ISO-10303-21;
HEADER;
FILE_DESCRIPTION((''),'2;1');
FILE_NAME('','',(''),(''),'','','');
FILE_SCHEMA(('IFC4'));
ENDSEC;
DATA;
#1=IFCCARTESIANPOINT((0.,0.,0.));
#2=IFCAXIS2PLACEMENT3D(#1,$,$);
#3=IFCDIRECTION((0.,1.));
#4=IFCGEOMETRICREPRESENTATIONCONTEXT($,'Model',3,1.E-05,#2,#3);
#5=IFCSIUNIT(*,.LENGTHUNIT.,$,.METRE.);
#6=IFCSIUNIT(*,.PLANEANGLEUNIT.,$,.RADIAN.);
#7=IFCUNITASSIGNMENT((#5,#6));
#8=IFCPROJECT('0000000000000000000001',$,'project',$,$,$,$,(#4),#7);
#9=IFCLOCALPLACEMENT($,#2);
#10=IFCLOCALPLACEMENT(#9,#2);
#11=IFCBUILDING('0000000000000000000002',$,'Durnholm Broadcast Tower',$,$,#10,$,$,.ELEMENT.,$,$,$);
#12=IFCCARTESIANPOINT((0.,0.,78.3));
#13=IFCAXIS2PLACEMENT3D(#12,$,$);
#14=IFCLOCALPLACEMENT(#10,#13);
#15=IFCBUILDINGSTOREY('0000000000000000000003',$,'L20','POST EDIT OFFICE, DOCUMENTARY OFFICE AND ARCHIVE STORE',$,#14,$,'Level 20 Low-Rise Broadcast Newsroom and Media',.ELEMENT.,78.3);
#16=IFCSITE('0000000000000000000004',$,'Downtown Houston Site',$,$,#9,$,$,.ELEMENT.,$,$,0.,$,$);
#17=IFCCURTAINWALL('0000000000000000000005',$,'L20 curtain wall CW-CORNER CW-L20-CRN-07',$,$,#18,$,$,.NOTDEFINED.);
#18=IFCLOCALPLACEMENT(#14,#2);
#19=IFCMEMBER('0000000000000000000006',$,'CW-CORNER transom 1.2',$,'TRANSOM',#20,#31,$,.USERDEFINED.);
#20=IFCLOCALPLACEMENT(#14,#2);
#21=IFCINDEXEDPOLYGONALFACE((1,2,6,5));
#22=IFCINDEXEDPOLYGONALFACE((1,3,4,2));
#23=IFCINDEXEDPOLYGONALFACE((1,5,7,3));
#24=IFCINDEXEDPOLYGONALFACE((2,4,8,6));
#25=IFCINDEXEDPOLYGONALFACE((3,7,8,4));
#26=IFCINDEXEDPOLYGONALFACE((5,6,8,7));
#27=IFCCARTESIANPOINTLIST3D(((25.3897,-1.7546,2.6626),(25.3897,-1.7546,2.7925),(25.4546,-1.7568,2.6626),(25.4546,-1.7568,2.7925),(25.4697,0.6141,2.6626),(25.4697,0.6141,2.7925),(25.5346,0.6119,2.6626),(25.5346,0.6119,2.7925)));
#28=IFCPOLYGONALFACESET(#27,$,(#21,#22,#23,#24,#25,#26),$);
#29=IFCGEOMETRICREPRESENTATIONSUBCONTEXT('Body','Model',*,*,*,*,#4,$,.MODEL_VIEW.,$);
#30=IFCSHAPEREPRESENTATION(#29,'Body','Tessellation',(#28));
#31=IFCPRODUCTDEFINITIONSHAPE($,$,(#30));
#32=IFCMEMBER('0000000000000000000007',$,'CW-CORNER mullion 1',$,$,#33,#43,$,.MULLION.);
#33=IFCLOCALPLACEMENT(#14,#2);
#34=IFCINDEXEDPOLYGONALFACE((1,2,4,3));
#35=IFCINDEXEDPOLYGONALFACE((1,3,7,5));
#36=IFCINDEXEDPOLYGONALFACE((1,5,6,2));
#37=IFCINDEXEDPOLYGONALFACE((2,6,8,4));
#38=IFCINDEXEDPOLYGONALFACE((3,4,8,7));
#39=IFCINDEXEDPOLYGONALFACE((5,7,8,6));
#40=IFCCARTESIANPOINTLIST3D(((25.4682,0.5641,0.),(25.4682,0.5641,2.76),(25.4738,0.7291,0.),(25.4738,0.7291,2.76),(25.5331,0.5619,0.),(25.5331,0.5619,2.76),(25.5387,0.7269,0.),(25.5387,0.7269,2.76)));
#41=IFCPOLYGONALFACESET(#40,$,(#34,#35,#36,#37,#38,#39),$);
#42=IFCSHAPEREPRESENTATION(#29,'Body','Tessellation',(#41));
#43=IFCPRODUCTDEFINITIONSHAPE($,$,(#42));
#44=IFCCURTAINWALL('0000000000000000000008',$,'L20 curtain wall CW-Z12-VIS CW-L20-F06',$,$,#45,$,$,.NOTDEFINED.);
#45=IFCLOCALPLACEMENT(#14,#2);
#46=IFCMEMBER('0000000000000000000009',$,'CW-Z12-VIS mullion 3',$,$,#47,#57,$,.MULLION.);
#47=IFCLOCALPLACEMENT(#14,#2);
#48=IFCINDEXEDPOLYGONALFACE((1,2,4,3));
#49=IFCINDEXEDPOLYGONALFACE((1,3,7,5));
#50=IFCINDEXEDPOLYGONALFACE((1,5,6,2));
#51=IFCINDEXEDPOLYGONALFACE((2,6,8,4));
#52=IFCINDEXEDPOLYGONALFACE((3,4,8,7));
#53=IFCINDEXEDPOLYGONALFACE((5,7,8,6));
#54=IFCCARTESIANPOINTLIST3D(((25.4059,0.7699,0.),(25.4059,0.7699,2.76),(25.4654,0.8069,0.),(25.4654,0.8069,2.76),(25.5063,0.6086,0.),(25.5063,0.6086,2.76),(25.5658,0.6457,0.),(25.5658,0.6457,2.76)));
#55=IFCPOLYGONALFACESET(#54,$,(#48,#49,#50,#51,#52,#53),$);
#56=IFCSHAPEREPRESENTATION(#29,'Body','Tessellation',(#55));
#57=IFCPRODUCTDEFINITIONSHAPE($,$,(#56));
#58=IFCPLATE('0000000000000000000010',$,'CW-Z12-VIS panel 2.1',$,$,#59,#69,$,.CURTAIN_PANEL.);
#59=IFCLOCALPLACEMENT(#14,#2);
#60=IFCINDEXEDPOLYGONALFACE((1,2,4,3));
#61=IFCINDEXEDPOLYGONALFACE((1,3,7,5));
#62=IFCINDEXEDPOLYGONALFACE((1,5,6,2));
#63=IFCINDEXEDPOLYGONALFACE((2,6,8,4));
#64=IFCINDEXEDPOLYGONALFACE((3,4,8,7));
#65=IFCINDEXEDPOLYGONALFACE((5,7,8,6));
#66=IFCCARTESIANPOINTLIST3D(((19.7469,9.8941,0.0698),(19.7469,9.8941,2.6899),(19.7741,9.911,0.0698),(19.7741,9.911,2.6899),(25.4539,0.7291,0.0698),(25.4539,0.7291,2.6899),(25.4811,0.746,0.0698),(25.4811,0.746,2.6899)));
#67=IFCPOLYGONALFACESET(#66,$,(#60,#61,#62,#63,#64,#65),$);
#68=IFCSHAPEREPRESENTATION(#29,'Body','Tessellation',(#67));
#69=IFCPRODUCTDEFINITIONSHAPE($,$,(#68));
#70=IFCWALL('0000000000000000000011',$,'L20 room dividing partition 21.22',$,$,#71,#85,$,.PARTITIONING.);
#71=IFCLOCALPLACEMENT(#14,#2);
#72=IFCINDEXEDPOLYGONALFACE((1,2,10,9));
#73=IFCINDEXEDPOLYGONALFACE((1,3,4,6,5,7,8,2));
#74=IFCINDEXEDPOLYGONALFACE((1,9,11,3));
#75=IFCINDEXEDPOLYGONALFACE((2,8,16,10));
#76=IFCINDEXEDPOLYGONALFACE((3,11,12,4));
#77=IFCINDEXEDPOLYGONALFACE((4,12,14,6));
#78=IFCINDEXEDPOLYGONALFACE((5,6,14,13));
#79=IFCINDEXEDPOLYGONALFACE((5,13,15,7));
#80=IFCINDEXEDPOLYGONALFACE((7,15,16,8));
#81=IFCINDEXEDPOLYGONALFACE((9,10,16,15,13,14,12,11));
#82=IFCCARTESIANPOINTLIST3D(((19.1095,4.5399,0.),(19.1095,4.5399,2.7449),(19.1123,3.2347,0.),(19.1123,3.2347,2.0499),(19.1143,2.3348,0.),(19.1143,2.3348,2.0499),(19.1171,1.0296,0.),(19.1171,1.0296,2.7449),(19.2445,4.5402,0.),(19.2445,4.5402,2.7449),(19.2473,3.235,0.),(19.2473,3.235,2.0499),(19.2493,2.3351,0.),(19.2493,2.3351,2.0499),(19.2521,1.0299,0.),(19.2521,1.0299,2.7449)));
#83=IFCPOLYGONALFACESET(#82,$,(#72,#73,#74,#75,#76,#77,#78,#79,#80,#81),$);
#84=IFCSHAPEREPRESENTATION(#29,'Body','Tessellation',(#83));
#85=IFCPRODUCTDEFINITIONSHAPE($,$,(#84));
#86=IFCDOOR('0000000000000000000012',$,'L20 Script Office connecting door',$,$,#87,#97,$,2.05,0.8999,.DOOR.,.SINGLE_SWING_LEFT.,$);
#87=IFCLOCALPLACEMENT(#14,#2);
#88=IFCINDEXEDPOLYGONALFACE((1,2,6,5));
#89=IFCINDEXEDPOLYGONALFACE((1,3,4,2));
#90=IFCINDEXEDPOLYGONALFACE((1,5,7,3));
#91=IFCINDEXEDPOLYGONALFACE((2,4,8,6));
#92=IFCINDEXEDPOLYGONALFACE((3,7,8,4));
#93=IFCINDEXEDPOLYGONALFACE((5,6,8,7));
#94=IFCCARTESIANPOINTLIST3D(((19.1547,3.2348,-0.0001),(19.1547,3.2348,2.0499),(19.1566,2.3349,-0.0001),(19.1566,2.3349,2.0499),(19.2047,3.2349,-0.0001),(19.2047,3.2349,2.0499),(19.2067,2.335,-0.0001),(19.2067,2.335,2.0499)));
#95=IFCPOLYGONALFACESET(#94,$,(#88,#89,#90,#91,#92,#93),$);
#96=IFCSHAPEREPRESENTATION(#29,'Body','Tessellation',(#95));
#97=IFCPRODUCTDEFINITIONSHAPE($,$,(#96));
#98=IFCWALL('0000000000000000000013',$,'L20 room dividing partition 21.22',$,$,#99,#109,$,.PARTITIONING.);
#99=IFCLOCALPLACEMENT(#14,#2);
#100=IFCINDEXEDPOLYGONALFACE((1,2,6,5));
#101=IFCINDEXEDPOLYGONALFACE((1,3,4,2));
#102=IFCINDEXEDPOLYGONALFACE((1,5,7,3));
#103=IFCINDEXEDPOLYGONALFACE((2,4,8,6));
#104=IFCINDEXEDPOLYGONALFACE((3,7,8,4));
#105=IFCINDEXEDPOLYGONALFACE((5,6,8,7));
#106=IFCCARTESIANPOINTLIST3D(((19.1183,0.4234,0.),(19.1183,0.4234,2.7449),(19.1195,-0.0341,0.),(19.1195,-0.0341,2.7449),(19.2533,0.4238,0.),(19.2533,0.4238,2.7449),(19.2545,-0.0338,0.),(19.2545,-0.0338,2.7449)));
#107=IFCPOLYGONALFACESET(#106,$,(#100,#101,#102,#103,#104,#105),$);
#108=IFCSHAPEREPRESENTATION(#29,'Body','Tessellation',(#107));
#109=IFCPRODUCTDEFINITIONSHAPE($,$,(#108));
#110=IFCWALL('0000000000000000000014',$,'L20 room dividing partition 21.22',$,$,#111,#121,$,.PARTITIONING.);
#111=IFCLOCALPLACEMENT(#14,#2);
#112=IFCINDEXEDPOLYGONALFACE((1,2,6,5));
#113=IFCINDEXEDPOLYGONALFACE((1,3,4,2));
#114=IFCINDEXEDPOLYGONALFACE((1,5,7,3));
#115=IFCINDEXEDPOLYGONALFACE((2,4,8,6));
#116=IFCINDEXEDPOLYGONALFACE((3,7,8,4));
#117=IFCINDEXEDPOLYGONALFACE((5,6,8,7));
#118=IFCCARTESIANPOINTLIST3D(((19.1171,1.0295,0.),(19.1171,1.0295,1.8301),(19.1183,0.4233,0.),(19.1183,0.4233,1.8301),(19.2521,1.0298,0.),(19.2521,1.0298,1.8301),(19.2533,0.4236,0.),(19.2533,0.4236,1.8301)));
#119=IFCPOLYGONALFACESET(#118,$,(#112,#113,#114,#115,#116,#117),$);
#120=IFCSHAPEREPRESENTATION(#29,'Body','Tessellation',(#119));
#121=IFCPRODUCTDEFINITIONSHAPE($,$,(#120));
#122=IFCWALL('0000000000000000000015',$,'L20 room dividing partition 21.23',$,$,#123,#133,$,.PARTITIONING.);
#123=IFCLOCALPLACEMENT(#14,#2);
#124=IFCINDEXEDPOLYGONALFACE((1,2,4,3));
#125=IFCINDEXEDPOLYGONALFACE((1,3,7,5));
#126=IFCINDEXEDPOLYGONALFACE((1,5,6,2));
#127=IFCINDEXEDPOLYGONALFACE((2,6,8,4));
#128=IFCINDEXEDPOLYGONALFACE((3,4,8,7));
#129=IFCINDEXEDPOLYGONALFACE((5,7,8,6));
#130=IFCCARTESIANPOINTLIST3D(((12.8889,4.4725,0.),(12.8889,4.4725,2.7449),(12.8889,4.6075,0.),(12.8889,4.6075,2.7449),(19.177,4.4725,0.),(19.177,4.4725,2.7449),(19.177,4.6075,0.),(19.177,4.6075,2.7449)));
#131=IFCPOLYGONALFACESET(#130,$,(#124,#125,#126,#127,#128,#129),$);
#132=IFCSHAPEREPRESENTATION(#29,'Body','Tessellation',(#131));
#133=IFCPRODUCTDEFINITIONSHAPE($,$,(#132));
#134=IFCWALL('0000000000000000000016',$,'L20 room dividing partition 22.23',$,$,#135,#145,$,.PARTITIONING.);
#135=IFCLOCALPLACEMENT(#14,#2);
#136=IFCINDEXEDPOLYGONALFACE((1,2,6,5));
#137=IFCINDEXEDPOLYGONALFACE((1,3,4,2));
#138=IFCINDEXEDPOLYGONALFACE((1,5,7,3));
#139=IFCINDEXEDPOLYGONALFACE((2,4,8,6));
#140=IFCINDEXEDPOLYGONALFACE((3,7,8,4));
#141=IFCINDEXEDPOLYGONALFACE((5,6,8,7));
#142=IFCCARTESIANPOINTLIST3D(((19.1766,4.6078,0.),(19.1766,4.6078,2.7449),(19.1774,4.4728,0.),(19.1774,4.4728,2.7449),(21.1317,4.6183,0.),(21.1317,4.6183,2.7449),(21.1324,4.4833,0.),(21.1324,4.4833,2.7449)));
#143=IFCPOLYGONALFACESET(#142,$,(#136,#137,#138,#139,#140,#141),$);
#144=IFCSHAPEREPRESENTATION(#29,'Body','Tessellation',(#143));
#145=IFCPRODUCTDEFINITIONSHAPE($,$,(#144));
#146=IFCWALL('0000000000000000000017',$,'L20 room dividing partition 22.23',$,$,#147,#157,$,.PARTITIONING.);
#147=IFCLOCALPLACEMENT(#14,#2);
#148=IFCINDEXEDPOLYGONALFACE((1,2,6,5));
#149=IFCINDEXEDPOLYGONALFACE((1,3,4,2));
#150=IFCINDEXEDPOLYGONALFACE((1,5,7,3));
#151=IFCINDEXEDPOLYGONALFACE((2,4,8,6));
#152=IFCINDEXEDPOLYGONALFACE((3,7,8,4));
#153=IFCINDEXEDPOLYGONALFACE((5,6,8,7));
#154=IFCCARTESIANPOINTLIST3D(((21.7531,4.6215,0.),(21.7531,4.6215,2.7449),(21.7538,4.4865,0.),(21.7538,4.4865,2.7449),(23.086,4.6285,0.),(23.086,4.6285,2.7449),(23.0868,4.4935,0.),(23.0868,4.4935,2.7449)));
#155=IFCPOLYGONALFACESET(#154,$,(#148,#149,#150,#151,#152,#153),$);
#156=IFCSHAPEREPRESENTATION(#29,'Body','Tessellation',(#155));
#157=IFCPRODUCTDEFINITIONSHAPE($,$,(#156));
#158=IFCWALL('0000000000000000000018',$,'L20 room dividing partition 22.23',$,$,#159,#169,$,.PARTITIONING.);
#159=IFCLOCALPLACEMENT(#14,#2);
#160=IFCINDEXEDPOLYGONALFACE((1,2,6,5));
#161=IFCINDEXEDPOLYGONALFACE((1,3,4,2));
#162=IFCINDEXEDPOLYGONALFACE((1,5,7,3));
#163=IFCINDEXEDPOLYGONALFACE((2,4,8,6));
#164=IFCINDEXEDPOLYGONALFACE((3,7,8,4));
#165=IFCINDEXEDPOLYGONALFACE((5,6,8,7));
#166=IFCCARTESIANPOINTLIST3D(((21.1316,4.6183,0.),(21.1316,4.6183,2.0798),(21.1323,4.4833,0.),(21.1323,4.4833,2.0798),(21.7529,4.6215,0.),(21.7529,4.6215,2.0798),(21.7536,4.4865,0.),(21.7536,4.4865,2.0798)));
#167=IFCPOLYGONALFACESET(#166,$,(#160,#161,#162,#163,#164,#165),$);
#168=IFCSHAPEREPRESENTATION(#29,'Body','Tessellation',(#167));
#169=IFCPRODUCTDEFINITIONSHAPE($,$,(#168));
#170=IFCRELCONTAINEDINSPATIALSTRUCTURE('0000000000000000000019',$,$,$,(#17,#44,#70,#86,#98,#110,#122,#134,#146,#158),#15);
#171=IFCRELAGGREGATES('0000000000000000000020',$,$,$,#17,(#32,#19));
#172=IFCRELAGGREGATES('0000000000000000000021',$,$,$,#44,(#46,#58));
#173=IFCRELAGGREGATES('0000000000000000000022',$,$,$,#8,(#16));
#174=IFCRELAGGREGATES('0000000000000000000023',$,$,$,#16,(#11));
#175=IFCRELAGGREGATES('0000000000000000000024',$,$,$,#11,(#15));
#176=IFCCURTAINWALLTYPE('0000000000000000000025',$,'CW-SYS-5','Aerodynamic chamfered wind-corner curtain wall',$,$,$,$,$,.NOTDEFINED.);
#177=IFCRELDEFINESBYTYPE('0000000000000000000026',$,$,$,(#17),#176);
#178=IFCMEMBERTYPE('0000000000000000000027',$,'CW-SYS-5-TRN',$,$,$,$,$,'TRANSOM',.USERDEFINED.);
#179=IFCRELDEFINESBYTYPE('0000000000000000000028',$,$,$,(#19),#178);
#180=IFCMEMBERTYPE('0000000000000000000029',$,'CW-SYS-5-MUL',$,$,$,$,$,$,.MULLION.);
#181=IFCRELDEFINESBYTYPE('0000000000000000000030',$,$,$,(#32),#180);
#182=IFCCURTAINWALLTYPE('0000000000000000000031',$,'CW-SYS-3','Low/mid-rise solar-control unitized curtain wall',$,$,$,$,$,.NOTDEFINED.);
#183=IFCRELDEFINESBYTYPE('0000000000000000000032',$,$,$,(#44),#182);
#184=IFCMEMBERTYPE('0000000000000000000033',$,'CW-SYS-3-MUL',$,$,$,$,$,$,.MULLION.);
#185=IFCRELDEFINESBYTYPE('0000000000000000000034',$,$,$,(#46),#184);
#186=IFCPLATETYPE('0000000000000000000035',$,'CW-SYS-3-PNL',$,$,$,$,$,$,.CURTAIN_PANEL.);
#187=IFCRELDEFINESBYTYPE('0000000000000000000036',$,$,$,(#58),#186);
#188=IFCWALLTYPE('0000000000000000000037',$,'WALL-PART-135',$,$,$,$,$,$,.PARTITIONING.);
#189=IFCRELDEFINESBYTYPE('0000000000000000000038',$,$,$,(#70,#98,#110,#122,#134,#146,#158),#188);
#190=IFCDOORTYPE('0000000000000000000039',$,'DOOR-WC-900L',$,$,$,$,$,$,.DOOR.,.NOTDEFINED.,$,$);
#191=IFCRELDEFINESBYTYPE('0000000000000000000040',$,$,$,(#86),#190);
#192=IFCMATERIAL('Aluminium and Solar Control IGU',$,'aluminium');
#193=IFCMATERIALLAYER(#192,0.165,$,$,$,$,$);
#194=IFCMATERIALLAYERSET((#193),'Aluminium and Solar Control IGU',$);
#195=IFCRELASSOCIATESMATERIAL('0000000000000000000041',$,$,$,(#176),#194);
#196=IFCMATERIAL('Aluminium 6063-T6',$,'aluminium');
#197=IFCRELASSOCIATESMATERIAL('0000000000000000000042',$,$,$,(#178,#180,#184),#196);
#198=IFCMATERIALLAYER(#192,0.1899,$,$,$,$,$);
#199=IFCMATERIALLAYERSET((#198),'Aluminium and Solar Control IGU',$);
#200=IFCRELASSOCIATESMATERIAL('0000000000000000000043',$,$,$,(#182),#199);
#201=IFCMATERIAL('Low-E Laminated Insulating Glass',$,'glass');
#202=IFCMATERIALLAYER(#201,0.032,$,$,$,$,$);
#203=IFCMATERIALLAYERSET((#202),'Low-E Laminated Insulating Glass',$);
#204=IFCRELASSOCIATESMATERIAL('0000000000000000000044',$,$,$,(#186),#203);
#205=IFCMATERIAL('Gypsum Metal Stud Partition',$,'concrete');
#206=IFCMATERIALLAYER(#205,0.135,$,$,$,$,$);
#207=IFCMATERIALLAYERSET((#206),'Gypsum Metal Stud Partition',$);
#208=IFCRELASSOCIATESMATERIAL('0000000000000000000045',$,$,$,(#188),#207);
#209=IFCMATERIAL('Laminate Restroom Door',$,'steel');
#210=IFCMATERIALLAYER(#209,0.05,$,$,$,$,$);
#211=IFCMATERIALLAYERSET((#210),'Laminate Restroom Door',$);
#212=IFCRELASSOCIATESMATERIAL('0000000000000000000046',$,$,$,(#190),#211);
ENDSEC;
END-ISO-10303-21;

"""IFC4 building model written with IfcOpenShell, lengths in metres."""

from ifc_helpers import new_model, si_unit, direction, frame, frame_2d, origin, origin_2d, place, context, subcontext, project, spatial, rectangle, extrude, source, transform, mapped, material, layer, layer_set, material_profile, profile_set, type_object, type_shapes, element, fill, aggregate, save


model = new_model("IFC4")

# Units and contexts
model_context = context("Model", 3, precision=1e-05, world=origin(), true_north=direction((0.0, 1.0)))
body_context = subcontext(model_context, "Body", "Model", "MODEL_VIEW")
ifc_project = project(units=[si_unit("LENGTHUNIT", "METRE"), si_unit("PLANEANGLEUNIT", "RADIAN")], contexts=[model_context])

# Site, building, storey
site_placement = place(None, origin())
site = spatial("IfcSite", under=ifc_project, at=site_placement, Name="Downtown Houston Site", CompositionType="ELEMENT", RefElevation=0.0)
building_placement = place(site_placement, origin())
building = spatial("IfcBuilding", under=site, at=building_placement, Name="Durnholm Broadcast Tower", CompositionType="ELEMENT")
storey_placement = place(building_placement, frame((0.0, 0.0, 78.3)))
storey = spatial("IfcBuildingStorey", under=building, at=storey_placement, Name="L20", Description="POST EDIT OFFICE, DOCUMENTARY OFFICE AND ARCHIVE STORE", LongName="Level 20 Low-Rise Broadcast Newsroom and Media", CompositionType="ELEMENT", Elevation=78.3)

# Curtain wall, members
ifc_material_1 = material(Name="Aluminium and Solar Control IGU", Category="aluminium")
ifc_layer_1 = layer(ifc_material_1, 0.165)
ifc_layer_set_1 = layer_set([ifc_layer_1], Name="Aluminium and Solar Control IGU")
curtain_wall_type_1 = type_object("IfcCurtainWallType", Name="CW-SYS-5", Description="Aerodynamic chamfered wind-corner curtain wall", PredefinedType="NOTDEFINED", material=ifc_layer_set_1)
curtain_wall_1_placement = place(storey_placement, origin())
curtain_wall_1 = element("IfcCurtainWall", 1, at=curtain_wall_1_placement, inside=storey, type_object=curtain_wall_type_1, Name="L20 curtain wall CW-CORNER CW-L20-CRN-07", PredefinedType="NOTDEFINED")
ifc_material_2 = material(Name="Aluminium 6063-T6", Category="aluminium")
ifc_material_profile_1 = material_profile(ifc_material_2, rectangle(XDim=0.0649, YDim=0.1299, at=origin_2d()), Name="CWT65X130")
ifc_profile_set_1 = profile_set([ifc_material_profile_1], Name="Aluminium 6063-T6")
member_type_1 = type_object("IfcMemberType", Name="CW-SYS-5-TRN", ElementType="TRANSOM", PredefinedType="USERDEFINED", material=ifc_profile_set_1)
shared_shape_1 = source(origin(), body_context, "Body", "SweptSolid", [
    extrude(rectangle(XDim=0.0649, YDim=0.1299, at=origin_2d()), origin(), (0.0, 0.0, 1.0), 2.3701),
])
type_shapes(member_type_1, [shared_shape_1])
member_1_placement = place(storey_placement, frame((25.5022, 0.613, 2.7275), z_axis=(-0.033788, -0.999429, 0.0), x_axis=(0.999429, -0.033788, 0.0)))
member_1 = element("IfcMember", 2, at=member_1_placement, type_object=member_type_1, Name="CW-CORNER transom 1.2", ObjectType="TRANSOM", PredefinedType="USERDEFINED", context=body_context, shape_type="MappedRepresentation", body=[
    mapped(shared_shape_1, transform((0.0, 0.0, 0.0), x_axis=(1.0, 0.0, 0.0), y_axis=(0.0, 1.0, 0.0), z_axis=(0.0, 0.0, 1.0), scale=1.0)),
])
ifc_material_profile_2 = material_profile(ifc_material_2, rectangle(XDim=0.0649, YDim=0.165, at=origin_2d()), Name="CWM65X165")
ifc_profile_set_2 = profile_set([ifc_material_profile_2], Name="Aluminium 6063-T6")
member_type_2 = type_object("IfcMemberType", Name="CW-SYS-5-MUL", PredefinedType="MULLION", material=ifc_profile_set_2)
shared_shape_2 = source(origin(), body_context, "Body", "SweptSolid", [
    extrude(rectangle(XDim=0.0649, YDim=0.165, at=origin_2d()), origin(), (0.0, 0.0, 1.0), 2.76),
])
type_shapes(member_type_2, [shared_shape_2])
member_2_placement = place(storey_placement, frame((25.5034, 0.6455, 0.0), z_axis=(0.0, 0.0, 1.0), x_axis=(0.999427, -0.03384, 0.0)))
member_2 = element("IfcMember", 3, at=member_2_placement, type_object=member_type_2, Name="CW-CORNER mullion 1", PredefinedType="MULLION", context=body_context, shape_type="MappedRepresentation", body=[
    mapped(shared_shape_2, transform((0.0, 0.0, 0.0), x_axis=(1.0, 0.0, 0.0), y_axis=(0.0, 1.0, 0.0), z_axis=(0.0, 0.0, 1.0), scale=1.0)),
])
aggregate(curtain_wall_1, [member_2, member_1])

# Curtain wall, member, plate
ifc_layer_2 = layer(ifc_material_1, 0.1899)
ifc_layer_set_2 = layer_set([ifc_layer_2], Name="Aluminium and Solar Control IGU")
curtain_wall_type_2 = type_object("IfcCurtainWallType", Name="CW-SYS-3", Description="Low/mid-rise solar-control unitized curtain wall", PredefinedType="NOTDEFINED", material=ifc_layer_set_2)
curtain_wall_2_placement = place(storey_placement, origin())
curtain_wall_2 = element("IfcCurtainWall", 4, at=curtain_wall_2_placement, inside=storey, type_object=curtain_wall_type_2, Name="L20 curtain wall CW-Z12-VIS CW-L20-F06", PredefinedType="NOTDEFINED")
ifc_material_profile_3 = material_profile(ifc_material_2, rectangle(XDim=0.0701, YDim=0.1899, at=origin_2d()), Name="CWM70X190")
ifc_profile_set_3 = profile_set([ifc_material_profile_3], Name="Aluminium 6063-T6")
member_type_3 = type_object("IfcMemberType", Name="CW-SYS-3-MUL", PredefinedType="MULLION", material=ifc_profile_set_3)
shared_shape_3 = source(origin(), body_context, "Body", "SweptSolid", [
    extrude(rectangle(XDim=0.0701, YDim=0.1899, at=origin_2d()), origin(), (0.0, 0.0, 1.0), 2.76),
])
type_shapes(member_type_3, [shared_shape_3])
member_3_placement = place(storey_placement, frame((25.4858, 0.7078, 0.0), z_axis=(0.0, 0.0, 1.0), x_axis=(0.848876, 0.528592, 0.0)))
member_3 = element("IfcMember", 5, at=member_3_placement, type_object=member_type_3, Name="CW-Z12-VIS mullion 3", PredefinedType="MULLION", context=body_context, shape_type="MappedRepresentation", body=[
    mapped(shared_shape_3, transform((0.0, 0.0, 0.0), x_axis=(1.0, 0.0, 0.0), y_axis=(0.0, 1.0, 0.0), z_axis=(0.0, 0.0, 1.0), scale=1.0)),
])
ifc_material_3 = material(Name="Low-E Laminated Insulating Glass", Category="glass")
ifc_layer_3 = layer(ifc_material_3, 0.032)
ifc_layer_set_3 = layer_set([ifc_layer_3], Name="Low-E Laminated Insulating Glass")
plate_type = type_object("IfcPlateType", Name="CW-SYS-3-PNL", PredefinedType="CURTAIN_PANEL", material=ifc_layer_set_3)
shared_shape_4 = source(origin(), body_context, "Body", "SweptSolid", [
    extrude(rectangle(XDim=10.7966, YDim=0.032, at=origin_2d()), origin(), (0.0, 0.0, 1.0), 2.6201),
])
type_shapes(plate_type, [shared_shape_4])
plate_placement = place(storey_placement, frame((22.614, 5.3201, 0.0698), z_axis=(0.0, 0.0, 1.0), x_axis=(0.528592, -0.848876, 0.0)))
plate = element("IfcPlate", 6, at=plate_placement, type_object=plate_type, Name="CW-Z12-VIS panel 2.1", PredefinedType="CURTAIN_PANEL", context=body_context, shape_type="MappedRepresentation", body=[
    mapped(shared_shape_4, transform((0.0, 0.0, 0.0), x_axis=(1.0, 0.0, 0.0), y_axis=(0.0, 1.0, 0.0), z_axis=(0.0, 0.0, 1.0), scale=1.0)),
])
aggregate(curtain_wall_2, [member_3, plate])

# Wall, opening, door
ifc_material_4 = material(Name="Gypsum Metal Stud Partition", Category="concrete")
ifc_layer_4 = layer(ifc_material_4, 0.135)
ifc_layer_set_4 = layer_set([ifc_layer_4], Name="Gypsum Metal Stud Partition")
wall_type_1 = type_object("IfcWallType", Name="WALL-PART-135", PredefinedType="PARTITIONING", material=ifc_layer_set_4)
wall_1_placement = place(storey_placement, frame((19.177, 4.54, 0.0), z_axis=(0.0, 0.0, 1.0), x_axis=(0.002156, -0.999998, 0.0)))
wall_1 = element("IfcWall", 7, at=wall_1_placement, inside=storey, type_object=wall_type_1, Name="L20 room dividing partition 21.22", PredefinedType="PARTITIONING", context=body_context, shape_type="SweptSolid", body=[
    extrude(rectangle(XDim=3.5103, YDim=0.135, at=frame_2d((1.7551, 0.0))), origin(), (0.0, 0.0, 1.0), 2.7449),
])
opening_1_placement = place(wall_1_placement, frame((1.3052, 0.0, 0.0)))
opening_1 = element("IfcOpeningElement", 8, at=opening_1_placement, cuts=wall_1, PredefinedType="OPENING", context=body_context, shape_type="SweptSolid", body=[
    extrude(rectangle(XDim=0.8999, YDim=2.05, at=frame_2d((0.45, 1.0249))), frame((0.0, 0.0776, 0.0), z_axis=(0.0, -1.0, 0.0), x_axis=(1.0, 0.0, 0.0)), (0.0, 0.0, 1.0), 0.155),
])
ifc_material_5 = material(Name="Laminate Restroom Door", Category="steel")
ifc_layer_5 = layer(ifc_material_5, 0.05)
ifc_layer_set_5 = layer_set([ifc_layer_5], Name="Laminate Restroom Door")
door_type_1 = type_object("IfcDoorType", Name="DOOR-WC-900L", OperationType="NOTDEFINED", PredefinedType="DOOR", material=ifc_layer_set_5)
shared_shape_5 = source(origin(), body_context, "Body", "SweptSolid", [
    extrude(rectangle(XDim=0.8999, YDim=2.05, at=frame_2d((0.45, 1.0249))), frame((0.0, 0.0249, 0.0), z_axis=(0.0, -1.0, 0.0), x_axis=(1.0, 0.0, 0.0)), (0.0, 0.0, 1.0), 0.05),
])
type_shapes(door_type_1, [shared_shape_5])
door_1_placement = place(opening_1_placement, origin())
door_1 = element("IfcDoor", 9, at=door_1_placement, inside=storey, type_object=door_type_1, Name="L20 Script Office connecting door", OperationType="SINGLE_SWING_LEFT", OverallHeight=2.05, OverallWidth=0.8999, PredefinedType="DOOR", context=body_context, shape_type="MappedRepresentation", body=[
    mapped(shared_shape_5, transform((0.0, 0.0, 0.0), x_axis=(1.0, 0.0, 0.0), y_axis=(0.0, 1.0, 0.0), z_axis=(0.0, 0.0, 1.0), scale=1.0)),
])
fill(opening_1, door_1)

# Walls
wall_2_placement = place(storey_placement, frame((19.1858, 0.4236, 0.0), z_axis=(0.0, 0.0, 1.0), x_axis=(0.002668, -0.999996, 0.0)))
element("IfcWall", 10, at=wall_2_placement, inside=storey, type_object=wall_type_1, Name="L20 room dividing partition 21.22", PredefinedType="PARTITIONING", context=body_context, shape_type="SweptSolid", body=[
    extrude(rectangle(XDim=0.4575, YDim=0.135, at=frame_2d((0.2288, 0.0))), origin(), (0.0, 0.0, 1.0), 2.7449),
])
wall_3_placement = place(storey_placement, frame((19.1846, 1.0298, 0.0), z_axis=(0.0, 0.0, 1.0), x_axis=(0.002014, -0.999998, 0.0)))
element("IfcWall", 11, at=wall_3_placement, inside=storey, type_object=wall_type_1, Name="L20 room dividing partition 21.22", PredefinedType="PARTITIONING", context=body_context, shape_type="SweptSolid", body=[
    extrude(rectangle(XDim=0.6062, YDim=0.135, at=frame_2d((0.3032, 0.0))), origin(), (0.0, 0.0, 1.0), 1.8301),
])
wall_4_placement = place(storey_placement, frame((12.8889, 4.54, 0.0), z_axis=(0.0, 0.0, 1.0), x_axis=(1.0, 0.0, 0.0)))
element("IfcWall", 12, at=wall_4_placement, inside=storey, type_object=wall_type_1, Name="L20 room dividing partition 21.23", PredefinedType="PARTITIONING", context=body_context, shape_type="SweptSolid", body=[
    extrude(rectangle(XDim=6.2881, YDim=0.135, at=frame_2d((3.144, 0.0))), origin(), (0.0, 0.0, 1.0), 2.7449),
])
wall_5_placement = place(storey_placement, frame((19.177, 4.5403, 0.0), z_axis=(0.0, 0.0, 1.0), x_axis=(0.999986, 0.00537, 0.0)))
element("IfcWall", 13, at=wall_5_placement, inside=storey, type_object=wall_type_1, Name="L20 room dividing partition 22.23", PredefinedType="PARTITIONING", context=body_context, shape_type="SweptSolid", body=[
    extrude(rectangle(XDim=1.9551, YDim=0.135, at=frame_2d((0.9775, 0.0))), origin(), (0.0, 0.0, 1.0), 2.7449),
])
wall_6_placement = place(storey_placement, frame((21.7534, 4.554, 0.0), z_axis=(0.0, 0.0, 1.0), x_axis=(0.999986, 0.005311, 0.0)))
element("IfcWall", 14, at=wall_6_placement, inside=storey, type_object=wall_type_1, Name="L20 room dividing partition 22.23", PredefinedType="PARTITIONING", context=body_context, shape_type="SweptSolid", body=[
    extrude(rectangle(XDim=1.333, YDim=0.135, at=frame_2d((0.6665, 0.0))), origin(), (0.0, 0.0, 1.0), 2.7449),
])
wall_7_placement = place(storey_placement, frame((21.1321, 4.5508, 0.0), z_axis=(0.0, 0.0, 1.0), x_axis=(0.999987, 0.005108, 0.0)))
element("IfcWall", 15, at=wall_7_placement, inside=storey, type_object=wall_type_1, Name="L20 room dividing partition 22.23", PredefinedType="PARTITIONING", context=body_context, shape_type="SweptSolid", body=[
    extrude(rectangle(XDim=0.6213, YDim=0.135, at=frame_2d((0.3105, 0.0))), origin(), (0.0, 0.0, 1.0), 2.0798),
])

save(model, "model.ifc")
